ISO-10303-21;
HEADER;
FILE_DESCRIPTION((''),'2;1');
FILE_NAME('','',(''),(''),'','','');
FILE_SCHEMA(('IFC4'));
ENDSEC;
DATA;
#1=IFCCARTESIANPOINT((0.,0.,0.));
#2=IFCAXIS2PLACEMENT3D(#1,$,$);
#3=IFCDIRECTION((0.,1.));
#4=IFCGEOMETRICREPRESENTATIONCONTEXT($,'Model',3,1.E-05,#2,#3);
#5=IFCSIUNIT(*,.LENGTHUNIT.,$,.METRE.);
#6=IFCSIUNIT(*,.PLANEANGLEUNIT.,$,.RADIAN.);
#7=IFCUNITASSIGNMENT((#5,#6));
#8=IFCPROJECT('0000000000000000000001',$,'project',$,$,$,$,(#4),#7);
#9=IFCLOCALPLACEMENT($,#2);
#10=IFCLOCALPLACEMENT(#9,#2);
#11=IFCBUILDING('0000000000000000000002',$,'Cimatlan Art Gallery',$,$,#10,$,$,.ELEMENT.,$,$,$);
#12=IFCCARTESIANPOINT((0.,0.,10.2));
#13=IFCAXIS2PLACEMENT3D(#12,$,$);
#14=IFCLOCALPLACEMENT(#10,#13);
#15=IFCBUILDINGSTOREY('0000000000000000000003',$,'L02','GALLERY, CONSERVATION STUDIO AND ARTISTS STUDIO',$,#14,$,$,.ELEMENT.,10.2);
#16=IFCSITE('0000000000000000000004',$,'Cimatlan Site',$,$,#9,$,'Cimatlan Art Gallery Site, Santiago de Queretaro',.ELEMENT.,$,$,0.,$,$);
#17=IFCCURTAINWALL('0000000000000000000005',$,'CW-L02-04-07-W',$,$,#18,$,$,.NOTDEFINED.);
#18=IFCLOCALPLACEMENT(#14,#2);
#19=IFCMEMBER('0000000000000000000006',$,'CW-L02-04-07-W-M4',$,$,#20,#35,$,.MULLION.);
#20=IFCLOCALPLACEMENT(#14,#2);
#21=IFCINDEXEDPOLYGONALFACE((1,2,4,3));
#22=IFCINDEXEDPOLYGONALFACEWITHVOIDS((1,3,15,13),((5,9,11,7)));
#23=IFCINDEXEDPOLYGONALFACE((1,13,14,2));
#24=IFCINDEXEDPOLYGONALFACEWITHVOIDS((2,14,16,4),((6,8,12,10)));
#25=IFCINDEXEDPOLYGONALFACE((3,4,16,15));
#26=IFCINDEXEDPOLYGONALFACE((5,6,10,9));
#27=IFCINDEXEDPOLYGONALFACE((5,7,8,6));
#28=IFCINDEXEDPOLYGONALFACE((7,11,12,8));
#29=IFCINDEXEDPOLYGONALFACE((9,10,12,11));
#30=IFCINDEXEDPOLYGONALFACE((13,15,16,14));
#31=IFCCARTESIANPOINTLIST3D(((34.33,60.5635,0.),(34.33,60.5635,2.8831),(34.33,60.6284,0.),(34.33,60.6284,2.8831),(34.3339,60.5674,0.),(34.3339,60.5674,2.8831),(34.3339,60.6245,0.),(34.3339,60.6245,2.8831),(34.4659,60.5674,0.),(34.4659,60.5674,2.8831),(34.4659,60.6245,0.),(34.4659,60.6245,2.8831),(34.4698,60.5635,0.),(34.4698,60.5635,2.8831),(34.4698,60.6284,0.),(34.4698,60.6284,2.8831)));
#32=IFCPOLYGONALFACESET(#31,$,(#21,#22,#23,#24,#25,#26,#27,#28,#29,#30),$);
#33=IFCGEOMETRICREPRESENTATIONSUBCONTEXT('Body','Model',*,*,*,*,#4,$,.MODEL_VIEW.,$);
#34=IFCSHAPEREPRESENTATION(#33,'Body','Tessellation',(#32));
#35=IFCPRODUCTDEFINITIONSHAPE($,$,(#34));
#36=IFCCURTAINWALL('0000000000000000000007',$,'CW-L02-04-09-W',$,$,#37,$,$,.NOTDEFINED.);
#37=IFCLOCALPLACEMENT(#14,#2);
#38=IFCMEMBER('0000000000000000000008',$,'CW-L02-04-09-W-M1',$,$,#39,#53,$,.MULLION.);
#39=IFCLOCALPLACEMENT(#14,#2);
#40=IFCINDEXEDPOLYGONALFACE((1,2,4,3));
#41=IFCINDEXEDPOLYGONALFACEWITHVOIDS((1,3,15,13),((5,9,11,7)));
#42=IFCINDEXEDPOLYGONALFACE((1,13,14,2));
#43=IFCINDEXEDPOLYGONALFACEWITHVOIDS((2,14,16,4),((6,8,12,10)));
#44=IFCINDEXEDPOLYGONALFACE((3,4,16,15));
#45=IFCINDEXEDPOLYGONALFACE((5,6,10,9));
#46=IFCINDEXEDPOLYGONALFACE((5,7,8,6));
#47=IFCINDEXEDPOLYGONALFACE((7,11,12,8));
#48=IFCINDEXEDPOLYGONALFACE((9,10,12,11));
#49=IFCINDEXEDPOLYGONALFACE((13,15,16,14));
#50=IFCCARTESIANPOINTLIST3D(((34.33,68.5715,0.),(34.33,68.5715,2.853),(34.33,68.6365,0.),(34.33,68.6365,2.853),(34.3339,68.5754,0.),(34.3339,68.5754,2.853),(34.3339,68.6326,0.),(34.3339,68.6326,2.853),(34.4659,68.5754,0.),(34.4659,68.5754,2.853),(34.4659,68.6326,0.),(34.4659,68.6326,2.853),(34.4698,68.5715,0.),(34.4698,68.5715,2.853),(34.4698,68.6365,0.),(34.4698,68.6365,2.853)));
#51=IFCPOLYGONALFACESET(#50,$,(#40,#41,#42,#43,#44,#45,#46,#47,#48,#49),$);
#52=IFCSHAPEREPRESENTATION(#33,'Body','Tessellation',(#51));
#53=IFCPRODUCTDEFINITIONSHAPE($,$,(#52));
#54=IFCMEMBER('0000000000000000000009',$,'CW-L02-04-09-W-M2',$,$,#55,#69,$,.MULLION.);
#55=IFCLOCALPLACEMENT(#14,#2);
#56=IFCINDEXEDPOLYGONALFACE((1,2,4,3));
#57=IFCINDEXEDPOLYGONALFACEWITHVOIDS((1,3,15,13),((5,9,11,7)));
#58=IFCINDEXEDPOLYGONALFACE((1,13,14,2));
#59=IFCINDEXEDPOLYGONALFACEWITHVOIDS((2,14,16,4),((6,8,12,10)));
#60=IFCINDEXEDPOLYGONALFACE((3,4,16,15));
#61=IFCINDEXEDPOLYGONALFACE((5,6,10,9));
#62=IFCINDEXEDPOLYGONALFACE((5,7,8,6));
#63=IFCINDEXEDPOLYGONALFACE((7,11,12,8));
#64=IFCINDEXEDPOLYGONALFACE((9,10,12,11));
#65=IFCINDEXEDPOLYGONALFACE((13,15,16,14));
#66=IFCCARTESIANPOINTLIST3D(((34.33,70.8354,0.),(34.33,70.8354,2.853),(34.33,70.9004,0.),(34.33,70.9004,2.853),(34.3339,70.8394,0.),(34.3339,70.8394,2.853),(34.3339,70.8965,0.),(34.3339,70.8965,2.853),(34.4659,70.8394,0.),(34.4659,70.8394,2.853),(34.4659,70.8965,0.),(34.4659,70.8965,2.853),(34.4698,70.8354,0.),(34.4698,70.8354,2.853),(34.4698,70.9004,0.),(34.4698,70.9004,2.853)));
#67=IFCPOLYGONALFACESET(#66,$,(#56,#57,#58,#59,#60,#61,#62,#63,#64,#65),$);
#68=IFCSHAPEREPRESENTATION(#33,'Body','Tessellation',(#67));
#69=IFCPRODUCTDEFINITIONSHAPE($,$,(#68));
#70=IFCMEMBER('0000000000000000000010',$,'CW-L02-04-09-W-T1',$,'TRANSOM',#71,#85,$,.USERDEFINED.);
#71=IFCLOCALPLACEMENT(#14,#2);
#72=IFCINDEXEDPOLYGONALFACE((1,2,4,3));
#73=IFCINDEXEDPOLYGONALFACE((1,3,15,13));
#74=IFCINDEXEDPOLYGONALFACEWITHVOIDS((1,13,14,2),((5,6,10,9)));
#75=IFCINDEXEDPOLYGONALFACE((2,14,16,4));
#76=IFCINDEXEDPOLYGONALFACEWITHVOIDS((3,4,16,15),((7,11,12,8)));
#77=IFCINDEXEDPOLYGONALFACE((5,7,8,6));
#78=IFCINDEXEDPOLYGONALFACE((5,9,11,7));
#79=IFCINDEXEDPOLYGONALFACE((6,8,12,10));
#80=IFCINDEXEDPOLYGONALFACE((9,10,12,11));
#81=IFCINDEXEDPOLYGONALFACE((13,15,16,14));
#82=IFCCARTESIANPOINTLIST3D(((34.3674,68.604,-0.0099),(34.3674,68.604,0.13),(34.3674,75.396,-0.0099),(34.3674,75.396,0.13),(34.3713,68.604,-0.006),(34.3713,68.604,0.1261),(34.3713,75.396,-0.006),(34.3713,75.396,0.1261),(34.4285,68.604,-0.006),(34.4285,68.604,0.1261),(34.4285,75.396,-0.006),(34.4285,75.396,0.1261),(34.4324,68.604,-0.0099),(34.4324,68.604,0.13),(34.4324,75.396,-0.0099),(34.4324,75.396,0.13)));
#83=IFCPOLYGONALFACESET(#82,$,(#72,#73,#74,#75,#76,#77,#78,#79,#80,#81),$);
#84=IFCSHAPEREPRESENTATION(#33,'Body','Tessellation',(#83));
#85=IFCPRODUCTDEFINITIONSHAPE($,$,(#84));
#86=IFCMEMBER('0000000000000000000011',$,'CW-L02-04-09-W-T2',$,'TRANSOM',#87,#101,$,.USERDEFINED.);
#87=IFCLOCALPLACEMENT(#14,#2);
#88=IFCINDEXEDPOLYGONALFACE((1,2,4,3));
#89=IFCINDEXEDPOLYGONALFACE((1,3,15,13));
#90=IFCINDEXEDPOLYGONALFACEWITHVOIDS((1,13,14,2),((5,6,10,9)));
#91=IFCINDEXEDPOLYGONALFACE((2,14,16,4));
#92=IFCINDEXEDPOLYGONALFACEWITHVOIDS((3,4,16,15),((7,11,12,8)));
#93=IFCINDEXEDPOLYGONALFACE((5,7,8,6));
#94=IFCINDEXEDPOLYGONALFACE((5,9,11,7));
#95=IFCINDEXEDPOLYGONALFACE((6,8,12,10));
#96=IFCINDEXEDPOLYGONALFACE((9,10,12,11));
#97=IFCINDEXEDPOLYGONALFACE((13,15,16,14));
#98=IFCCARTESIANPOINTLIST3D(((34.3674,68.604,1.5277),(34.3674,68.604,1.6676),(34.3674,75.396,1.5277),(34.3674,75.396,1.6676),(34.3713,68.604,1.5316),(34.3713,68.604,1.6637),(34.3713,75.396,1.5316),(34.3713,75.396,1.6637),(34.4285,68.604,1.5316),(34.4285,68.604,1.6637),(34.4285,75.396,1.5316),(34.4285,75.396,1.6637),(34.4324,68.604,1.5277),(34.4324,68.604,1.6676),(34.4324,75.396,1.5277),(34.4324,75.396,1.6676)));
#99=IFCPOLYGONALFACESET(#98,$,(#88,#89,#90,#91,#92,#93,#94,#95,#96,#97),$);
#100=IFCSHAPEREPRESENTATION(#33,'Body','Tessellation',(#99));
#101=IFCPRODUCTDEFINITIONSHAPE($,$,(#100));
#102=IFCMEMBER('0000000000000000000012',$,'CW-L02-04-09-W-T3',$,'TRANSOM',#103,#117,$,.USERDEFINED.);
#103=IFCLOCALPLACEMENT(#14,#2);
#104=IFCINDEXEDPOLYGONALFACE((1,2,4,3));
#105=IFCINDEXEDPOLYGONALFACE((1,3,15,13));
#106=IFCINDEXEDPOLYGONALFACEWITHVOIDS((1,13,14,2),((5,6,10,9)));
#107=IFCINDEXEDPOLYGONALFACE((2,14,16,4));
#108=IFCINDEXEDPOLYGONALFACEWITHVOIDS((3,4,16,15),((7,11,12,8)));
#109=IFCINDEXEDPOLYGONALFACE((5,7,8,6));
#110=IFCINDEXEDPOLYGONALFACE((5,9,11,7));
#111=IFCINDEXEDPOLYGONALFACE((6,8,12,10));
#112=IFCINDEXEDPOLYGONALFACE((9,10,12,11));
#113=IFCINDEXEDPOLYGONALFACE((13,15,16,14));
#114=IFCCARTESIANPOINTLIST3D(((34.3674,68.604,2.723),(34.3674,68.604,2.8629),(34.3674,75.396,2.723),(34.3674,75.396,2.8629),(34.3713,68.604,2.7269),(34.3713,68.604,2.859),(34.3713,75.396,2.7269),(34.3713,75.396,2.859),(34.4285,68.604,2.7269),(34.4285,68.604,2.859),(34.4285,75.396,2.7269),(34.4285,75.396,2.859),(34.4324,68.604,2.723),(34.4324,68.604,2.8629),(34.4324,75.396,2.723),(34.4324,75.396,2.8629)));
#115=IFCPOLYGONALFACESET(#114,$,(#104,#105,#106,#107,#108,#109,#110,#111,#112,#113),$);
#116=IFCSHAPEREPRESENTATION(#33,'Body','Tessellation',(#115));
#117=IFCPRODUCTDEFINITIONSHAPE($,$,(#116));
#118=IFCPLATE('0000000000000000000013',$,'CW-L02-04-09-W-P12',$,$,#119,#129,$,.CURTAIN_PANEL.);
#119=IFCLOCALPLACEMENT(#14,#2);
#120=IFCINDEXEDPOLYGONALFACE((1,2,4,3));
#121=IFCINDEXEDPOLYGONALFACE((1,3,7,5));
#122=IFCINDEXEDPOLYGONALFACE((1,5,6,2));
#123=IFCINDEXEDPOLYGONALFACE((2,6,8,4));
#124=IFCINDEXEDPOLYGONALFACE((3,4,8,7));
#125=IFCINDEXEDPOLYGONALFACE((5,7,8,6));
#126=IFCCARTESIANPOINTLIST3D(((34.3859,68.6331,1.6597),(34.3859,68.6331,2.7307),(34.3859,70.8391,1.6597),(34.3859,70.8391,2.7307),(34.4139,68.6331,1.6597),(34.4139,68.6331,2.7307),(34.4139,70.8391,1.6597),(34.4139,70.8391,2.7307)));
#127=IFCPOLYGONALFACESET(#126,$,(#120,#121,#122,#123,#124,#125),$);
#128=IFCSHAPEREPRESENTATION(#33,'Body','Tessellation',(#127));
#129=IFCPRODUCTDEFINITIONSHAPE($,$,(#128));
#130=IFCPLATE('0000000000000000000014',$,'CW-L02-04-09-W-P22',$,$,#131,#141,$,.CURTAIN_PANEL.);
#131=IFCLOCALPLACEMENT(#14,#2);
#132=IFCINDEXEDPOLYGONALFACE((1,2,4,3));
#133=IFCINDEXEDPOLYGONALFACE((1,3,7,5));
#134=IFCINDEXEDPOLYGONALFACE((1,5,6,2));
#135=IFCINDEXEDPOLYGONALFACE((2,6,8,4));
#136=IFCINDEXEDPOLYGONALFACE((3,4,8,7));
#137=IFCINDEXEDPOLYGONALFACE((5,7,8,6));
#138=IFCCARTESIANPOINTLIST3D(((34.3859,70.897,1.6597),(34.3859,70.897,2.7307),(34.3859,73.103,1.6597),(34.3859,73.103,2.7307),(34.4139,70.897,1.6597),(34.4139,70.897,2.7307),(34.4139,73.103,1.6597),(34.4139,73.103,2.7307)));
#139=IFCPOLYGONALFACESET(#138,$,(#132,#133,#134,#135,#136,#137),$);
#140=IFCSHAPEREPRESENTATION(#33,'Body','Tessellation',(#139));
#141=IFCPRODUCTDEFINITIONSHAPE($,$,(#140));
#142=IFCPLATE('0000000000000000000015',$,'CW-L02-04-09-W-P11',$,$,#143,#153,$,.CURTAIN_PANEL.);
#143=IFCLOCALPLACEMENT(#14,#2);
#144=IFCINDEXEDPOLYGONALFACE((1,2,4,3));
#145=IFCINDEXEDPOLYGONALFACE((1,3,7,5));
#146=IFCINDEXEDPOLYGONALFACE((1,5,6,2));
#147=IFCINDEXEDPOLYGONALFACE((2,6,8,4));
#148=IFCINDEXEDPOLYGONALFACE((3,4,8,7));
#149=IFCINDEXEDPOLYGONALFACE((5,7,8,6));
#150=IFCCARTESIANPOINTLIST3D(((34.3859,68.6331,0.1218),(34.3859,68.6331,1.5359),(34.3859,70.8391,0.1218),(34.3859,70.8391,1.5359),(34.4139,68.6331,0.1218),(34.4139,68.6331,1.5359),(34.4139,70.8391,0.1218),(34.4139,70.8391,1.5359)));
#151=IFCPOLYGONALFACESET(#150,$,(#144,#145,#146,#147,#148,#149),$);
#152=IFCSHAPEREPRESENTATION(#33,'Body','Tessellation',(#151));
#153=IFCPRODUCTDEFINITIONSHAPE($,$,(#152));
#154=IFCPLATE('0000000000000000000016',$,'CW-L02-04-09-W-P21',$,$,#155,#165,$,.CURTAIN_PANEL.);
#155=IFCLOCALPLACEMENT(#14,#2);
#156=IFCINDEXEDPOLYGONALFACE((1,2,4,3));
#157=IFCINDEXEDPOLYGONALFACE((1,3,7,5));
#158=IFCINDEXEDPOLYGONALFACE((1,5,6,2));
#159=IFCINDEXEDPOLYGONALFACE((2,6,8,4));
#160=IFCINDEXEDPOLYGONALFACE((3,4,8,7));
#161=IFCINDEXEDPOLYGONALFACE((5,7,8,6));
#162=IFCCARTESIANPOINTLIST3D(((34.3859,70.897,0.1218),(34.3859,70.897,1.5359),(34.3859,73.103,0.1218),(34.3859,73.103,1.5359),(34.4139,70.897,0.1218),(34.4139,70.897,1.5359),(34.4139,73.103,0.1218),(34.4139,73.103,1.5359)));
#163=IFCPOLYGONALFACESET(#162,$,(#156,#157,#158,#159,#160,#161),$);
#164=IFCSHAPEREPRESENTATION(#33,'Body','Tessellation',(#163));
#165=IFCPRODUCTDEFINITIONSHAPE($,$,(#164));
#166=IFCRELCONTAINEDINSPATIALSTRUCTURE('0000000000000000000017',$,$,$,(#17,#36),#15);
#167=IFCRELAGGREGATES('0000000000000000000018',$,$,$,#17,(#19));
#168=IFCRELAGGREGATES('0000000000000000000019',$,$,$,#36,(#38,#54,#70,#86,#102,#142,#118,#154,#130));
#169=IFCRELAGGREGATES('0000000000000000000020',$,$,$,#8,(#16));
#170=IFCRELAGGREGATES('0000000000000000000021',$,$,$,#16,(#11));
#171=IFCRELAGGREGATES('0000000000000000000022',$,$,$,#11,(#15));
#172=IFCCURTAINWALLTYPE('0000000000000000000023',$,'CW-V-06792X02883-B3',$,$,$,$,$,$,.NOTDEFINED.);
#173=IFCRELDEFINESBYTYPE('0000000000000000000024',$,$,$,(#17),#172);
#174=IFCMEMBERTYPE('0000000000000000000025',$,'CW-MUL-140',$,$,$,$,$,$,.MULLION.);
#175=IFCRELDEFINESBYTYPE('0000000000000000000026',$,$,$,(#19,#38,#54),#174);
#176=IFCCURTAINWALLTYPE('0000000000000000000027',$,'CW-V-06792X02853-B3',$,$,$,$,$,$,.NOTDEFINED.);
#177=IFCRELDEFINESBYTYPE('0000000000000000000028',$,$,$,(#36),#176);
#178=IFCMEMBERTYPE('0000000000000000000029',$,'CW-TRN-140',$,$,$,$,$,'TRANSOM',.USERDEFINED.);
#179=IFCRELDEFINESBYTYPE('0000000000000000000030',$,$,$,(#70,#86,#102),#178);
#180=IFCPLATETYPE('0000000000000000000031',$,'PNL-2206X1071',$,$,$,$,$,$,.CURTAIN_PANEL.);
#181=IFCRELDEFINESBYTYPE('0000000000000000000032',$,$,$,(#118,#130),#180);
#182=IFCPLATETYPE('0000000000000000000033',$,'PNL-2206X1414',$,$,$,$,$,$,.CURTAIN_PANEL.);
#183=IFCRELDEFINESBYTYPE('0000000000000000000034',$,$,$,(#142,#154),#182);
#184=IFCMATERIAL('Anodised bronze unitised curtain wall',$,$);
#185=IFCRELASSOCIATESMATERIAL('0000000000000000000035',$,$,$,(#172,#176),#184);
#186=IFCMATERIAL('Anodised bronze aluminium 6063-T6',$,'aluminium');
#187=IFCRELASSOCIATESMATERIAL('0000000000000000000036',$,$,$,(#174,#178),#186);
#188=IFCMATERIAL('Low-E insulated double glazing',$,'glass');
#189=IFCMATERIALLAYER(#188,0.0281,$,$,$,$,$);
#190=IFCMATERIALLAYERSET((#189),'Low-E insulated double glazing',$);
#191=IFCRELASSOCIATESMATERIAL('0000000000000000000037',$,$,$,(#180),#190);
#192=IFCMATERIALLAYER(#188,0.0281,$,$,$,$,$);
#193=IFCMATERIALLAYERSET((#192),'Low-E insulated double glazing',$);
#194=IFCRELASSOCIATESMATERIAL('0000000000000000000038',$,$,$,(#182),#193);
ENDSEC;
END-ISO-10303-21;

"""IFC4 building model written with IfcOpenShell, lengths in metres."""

from ifc_helpers import new_model, si_unit, direction, frame, origin, origin_2d, place, context, subcontext, project, spatial, rectangle, hollow_rectangle, extrude, material, layer, layer_set, material_profile, profile_set, type_object, element, aggregate, save


model = new_model("IFC4")

# Units and contexts
model_context = context("Model", 3, precision=1e-05, world=origin(), true_north=direction((0.0, 1.0)))
body_context = subcontext(model_context, "Body", "Model", "MODEL_VIEW")
ifc_project = project(units=[si_unit("LENGTHUNIT", "METRE"), si_unit("PLANEANGLEUNIT", "RADIAN")], contexts=[model_context])

# Site, building, storey
site_placement = place(None, origin())
site = spatial("IfcSite", under=ifc_project, at=site_placement, Name="Cimatlan Site", LongName="Cimatlan Art Gallery Site, Santiago de Queretaro", CompositionType="ELEMENT", RefElevation=0.0)
building_placement = place(site_placement, origin())
building = spatial("IfcBuilding", under=site, at=building_placement, Name="Cimatlan Art Gallery", CompositionType="ELEMENT")
storey_placement = place(building_placement, frame((0.0, 0.0, 10.2)))
storey = spatial("IfcBuildingStorey", under=building, at=storey_placement, Name="L02", Description="GALLERY, CONSERVATION STUDIO AND ARTISTS STUDIO", CompositionType="ELEMENT", Elevation=10.2)

# Curtain wall, member
ifc_material_1 = material(Name="Anodised bronze unitised curtain wall")
curtain_wall_type_1 = type_object("IfcCurtainWallType", Name="CW-V-06792X02883-B3", PredefinedType="NOTDEFINED", material=ifc_material_1)
curtain_wall_1_placement = place(storey_placement, origin())
curtain_wall_1 = element("IfcCurtainWall", 1, at=curtain_wall_1_placement, inside=storey, type_object=curtain_wall_type_1, Name="CW-L02-04-07-W", PredefinedType="NOTDEFINED")
ifc_material_2 = material(Name="Anodised bronze aluminium 6063-T6", Category="aluminium")
ifc_material_profile_1 = material_profile(ifc_material_2, hollow_rectangle(XDim=0.0649, YDim=0.1399, WallThickness=0.0039, at=origin_2d()), Name="ALU65X140X4")
ifc_profile_set_1 = profile_set([ifc_material_profile_1], Name="Anodised bronze aluminium 6063-T6")
member_type_1 = type_object("IfcMemberType", Name="CW-MUL-140", PredefinedType="MULLION", material=ifc_profile_set_1)
member_1_placement = place(storey_placement, frame((34.3999, 60.5959, 0.0), z_axis=(0.0, 0.0, 1.0), x_axis=(0.0, 1.0, 0.0)))
member_1 = element("IfcMember", 2, at=member_1_placement, type_object=member_type_1, Name="CW-L02-04-07-W-M4", PredefinedType="MULLION", context=body_context, shape_type="SweptSolid", body=[
    extrude(hollow_rectangle(XDim=0.0649, YDim=0.1399, WallThickness=0.0039, at=origin_2d()), origin(), (0.0, 0.0, 1.0), 2.8831),
])
aggregate(curtain_wall_1, [member_1])

# Curtain wall, members, plates
curtain_wall_type_2 = type_object("IfcCurtainWallType", Name="CW-V-06792X02853-B3", PredefinedType="NOTDEFINED", material=ifc_material_1)
curtain_wall_2_placement = place(storey_placement, origin())
curtain_wall_2 = element("IfcCurtainWall", 3, at=curtain_wall_2_placement, inside=storey, type_object=curtain_wall_type_2, Name="CW-L02-04-09-W", PredefinedType="NOTDEFINED")
member_2_placement = place(storey_placement, frame((34.3999, 68.604, 0.0), z_axis=(0.0, 0.0, 1.0), x_axis=(0.0, 1.0, 0.0)))
member_2 = element("IfcMember", 4, at=member_2_placement, type_object=member_type_1, Name="CW-L02-04-09-W-M1", PredefinedType="MULLION", context=body_context, shape_type="SweptSolid", body=[
    extrude(hollow_rectangle(XDim=0.0649, YDim=0.1399, WallThickness=0.0039, at=origin_2d()), origin(), (0.0, 0.0, 1.0), 2.853),
])
member_3_placement = place(storey_placement, frame((34.3999, 70.8679, 0.0), z_axis=(0.0, 0.0, 1.0), x_axis=(0.0, 1.0, 0.0)))
member_3 = element("IfcMember", 5, at=member_3_placement, type_object=member_type_1, Name="CW-L02-04-09-W-M2", PredefinedType="MULLION", context=body_context, shape_type="SweptSolid", body=[
    extrude(hollow_rectangle(XDim=0.0649, YDim=0.1399, WallThickness=0.0039, at=origin_2d()), origin(), (0.0, 0.0, 1.0), 2.853),
])
ifc_material_profile_2 = material_profile(ifc_material_2, hollow_rectangle(XDim=0.0649, YDim=0.1399, WallThickness=0.0039, at=origin_2d()), Name="ALU65X140X4")
ifc_profile_set_2 = profile_set([ifc_material_profile_2], Name="Anodised bronze aluminium 6063-T6")
member_type_2 = type_object("IfcMemberType", Name="CW-TRN-140", ElementType="TRANSOM", PredefinedType="USERDEFINED", material=ifc_profile_set_2)
member_4_placement = place(storey_placement, frame((34.3999, 68.604, 0.0601), z_axis=(0.0, 1.0, 0.0), x_axis=(-1.0, 0.0, 0.0)))
member_4 = element("IfcMember", 6, at=member_4_placement, type_object=member_type_2, Name="CW-L02-04-09-W-T1", ObjectType="TRANSOM", PredefinedType="USERDEFINED", context=body_context, shape_type="SweptSolid", body=[
    extrude(hollow_rectangle(XDim=0.0649, YDim=0.1399, WallThickness=0.0039, at=origin_2d()), origin(), (0.0, 0.0, 1.0), 6.792),
])
member_5_placement = place(storey_placement, frame((34.3999, 68.604, 1.5977), z_axis=(0.0, 1.0, 0.0), x_axis=(-1.0, 0.0, 0.0)))
member_5 = element("IfcMember", 7, at=member_5_placement, type_object=member_type_2, Name="CW-L02-04-09-W-T2", ObjectType="TRANSOM", PredefinedType="USERDEFINED", context=body_context, shape_type="SweptSolid", body=[
    extrude(hollow_rectangle(XDim=0.0649, YDim=0.1399, WallThickness=0.0039, at=origin_2d()), origin(), (0.0, 0.0, 1.0), 6.792),
])
member_6_placement = place(storey_placement, frame((34.3999, 68.604, 2.793), z_axis=(0.0, 1.0, 0.0), x_axis=(-1.0, 0.0, 0.0)))
member_6 = element("IfcMember", 8, at=member_6_placement, type_object=member_type_2, Name="CW-L02-04-09-W-T3", ObjectType="TRANSOM", PredefinedType="USERDEFINED", context=body_context, shape_type="SweptSolid", body=[
    extrude(hollow_rectangle(XDim=0.0649, YDim=0.1399, WallThickness=0.0039, at=origin_2d()), origin(), (0.0, 0.0, 1.0), 6.792),
])
ifc_material_3 = material(Name="Low-E insulated double glazing", Category="glass")
ifc_layer_1 = layer(ifc_material_3, 0.0281)
ifc_layer_set_1 = layer_set([ifc_layer_1], Name="Low-E insulated double glazing")
plate_type_1 = type_object("IfcPlateType", Name="PNL-2206X1071", PredefinedType="CURTAIN_PANEL", material=ifc_layer_set_1)
plate_1_placement = place(storey_placement, frame((34.3999, 69.7361, 1.6597), z_axis=(0.0, 0.0, 1.0), x_axis=(0.0, 1.0, 0.0)))
plate_1 = element("IfcPlate", 9, at=plate_1_placement, type_object=plate_type_1, Name="CW-L02-04-09-W-P12", PredefinedType="CURTAIN_PANEL", context=body_context, shape_type="SweptSolid", body=[
    extrude(rectangle(XDim=2.2061, YDim=0.0281, at=origin_2d()), origin(), (0.0, 0.0, 1.0), 1.071),
])
plate_2_placement = place(storey_placement, frame((34.3999, 72.0, 1.6597), z_axis=(0.0, 0.0, 1.0), x_axis=(0.0, 1.0, 0.0)))
plate_2 = element("IfcPlate", 10, at=plate_2_placement, type_object=plate_type_1, Name="CW-L02-04-09-W-P22", PredefinedType="CURTAIN_PANEL", context=body_context, shape_type="SweptSolid", body=[
    extrude(rectangle(XDim=2.2061, YDim=0.0281, at=origin_2d()), origin(), (0.0, 0.0, 1.0), 1.071),
])
ifc_layer_2 = layer(ifc_material_3, 0.0281)
ifc_layer_set_2 = layer_set([ifc_layer_2], Name="Low-E insulated double glazing")
plate_type_2 = type_object("IfcPlateType", Name="PNL-2206X1414", PredefinedType="CURTAIN_PANEL", material=ifc_layer_set_2)
plate_3_placement = place(storey_placement, frame((34.3999, 69.7361, 0.1218), z_axis=(0.0, 0.0, 1.0), x_axis=(0.0, 1.0, 0.0)))
plate_3 = element("IfcPlate", 11, at=plate_3_placement, type_object=plate_type_2, Name="CW-L02-04-09-W-P11", PredefinedType="CURTAIN_PANEL", context=body_context, shape_type="SweptSolid", body=[
    extrude(rectangle(XDim=2.2061, YDim=0.0281, at=origin_2d()), origin(), (0.0, 0.0, 1.0), 1.4141),
])
plate_4_placement = place(storey_placement, frame((34.3999, 72.0, 0.1218), z_axis=(0.0, 0.0, 1.0), x_axis=(0.0, 1.0, 0.0)))
plate_4 = element("IfcPlate", 12, at=plate_4_placement, type_object=plate_type_2, Name="CW-L02-04-09-W-P21", PredefinedType="CURTAIN_PANEL", context=body_context, shape_type="SweptSolid", body=[
    extrude(rectangle(XDim=2.2061, YDim=0.0281, at=origin_2d()), origin(), (0.0, 0.0, 1.0), 1.4141),
])
aggregate(curtain_wall_2, [member_2, member_3, member_4, member_5, member_6, plate_3, plate_1, plate_4, plate_2])

save(model, "model.ifc")
